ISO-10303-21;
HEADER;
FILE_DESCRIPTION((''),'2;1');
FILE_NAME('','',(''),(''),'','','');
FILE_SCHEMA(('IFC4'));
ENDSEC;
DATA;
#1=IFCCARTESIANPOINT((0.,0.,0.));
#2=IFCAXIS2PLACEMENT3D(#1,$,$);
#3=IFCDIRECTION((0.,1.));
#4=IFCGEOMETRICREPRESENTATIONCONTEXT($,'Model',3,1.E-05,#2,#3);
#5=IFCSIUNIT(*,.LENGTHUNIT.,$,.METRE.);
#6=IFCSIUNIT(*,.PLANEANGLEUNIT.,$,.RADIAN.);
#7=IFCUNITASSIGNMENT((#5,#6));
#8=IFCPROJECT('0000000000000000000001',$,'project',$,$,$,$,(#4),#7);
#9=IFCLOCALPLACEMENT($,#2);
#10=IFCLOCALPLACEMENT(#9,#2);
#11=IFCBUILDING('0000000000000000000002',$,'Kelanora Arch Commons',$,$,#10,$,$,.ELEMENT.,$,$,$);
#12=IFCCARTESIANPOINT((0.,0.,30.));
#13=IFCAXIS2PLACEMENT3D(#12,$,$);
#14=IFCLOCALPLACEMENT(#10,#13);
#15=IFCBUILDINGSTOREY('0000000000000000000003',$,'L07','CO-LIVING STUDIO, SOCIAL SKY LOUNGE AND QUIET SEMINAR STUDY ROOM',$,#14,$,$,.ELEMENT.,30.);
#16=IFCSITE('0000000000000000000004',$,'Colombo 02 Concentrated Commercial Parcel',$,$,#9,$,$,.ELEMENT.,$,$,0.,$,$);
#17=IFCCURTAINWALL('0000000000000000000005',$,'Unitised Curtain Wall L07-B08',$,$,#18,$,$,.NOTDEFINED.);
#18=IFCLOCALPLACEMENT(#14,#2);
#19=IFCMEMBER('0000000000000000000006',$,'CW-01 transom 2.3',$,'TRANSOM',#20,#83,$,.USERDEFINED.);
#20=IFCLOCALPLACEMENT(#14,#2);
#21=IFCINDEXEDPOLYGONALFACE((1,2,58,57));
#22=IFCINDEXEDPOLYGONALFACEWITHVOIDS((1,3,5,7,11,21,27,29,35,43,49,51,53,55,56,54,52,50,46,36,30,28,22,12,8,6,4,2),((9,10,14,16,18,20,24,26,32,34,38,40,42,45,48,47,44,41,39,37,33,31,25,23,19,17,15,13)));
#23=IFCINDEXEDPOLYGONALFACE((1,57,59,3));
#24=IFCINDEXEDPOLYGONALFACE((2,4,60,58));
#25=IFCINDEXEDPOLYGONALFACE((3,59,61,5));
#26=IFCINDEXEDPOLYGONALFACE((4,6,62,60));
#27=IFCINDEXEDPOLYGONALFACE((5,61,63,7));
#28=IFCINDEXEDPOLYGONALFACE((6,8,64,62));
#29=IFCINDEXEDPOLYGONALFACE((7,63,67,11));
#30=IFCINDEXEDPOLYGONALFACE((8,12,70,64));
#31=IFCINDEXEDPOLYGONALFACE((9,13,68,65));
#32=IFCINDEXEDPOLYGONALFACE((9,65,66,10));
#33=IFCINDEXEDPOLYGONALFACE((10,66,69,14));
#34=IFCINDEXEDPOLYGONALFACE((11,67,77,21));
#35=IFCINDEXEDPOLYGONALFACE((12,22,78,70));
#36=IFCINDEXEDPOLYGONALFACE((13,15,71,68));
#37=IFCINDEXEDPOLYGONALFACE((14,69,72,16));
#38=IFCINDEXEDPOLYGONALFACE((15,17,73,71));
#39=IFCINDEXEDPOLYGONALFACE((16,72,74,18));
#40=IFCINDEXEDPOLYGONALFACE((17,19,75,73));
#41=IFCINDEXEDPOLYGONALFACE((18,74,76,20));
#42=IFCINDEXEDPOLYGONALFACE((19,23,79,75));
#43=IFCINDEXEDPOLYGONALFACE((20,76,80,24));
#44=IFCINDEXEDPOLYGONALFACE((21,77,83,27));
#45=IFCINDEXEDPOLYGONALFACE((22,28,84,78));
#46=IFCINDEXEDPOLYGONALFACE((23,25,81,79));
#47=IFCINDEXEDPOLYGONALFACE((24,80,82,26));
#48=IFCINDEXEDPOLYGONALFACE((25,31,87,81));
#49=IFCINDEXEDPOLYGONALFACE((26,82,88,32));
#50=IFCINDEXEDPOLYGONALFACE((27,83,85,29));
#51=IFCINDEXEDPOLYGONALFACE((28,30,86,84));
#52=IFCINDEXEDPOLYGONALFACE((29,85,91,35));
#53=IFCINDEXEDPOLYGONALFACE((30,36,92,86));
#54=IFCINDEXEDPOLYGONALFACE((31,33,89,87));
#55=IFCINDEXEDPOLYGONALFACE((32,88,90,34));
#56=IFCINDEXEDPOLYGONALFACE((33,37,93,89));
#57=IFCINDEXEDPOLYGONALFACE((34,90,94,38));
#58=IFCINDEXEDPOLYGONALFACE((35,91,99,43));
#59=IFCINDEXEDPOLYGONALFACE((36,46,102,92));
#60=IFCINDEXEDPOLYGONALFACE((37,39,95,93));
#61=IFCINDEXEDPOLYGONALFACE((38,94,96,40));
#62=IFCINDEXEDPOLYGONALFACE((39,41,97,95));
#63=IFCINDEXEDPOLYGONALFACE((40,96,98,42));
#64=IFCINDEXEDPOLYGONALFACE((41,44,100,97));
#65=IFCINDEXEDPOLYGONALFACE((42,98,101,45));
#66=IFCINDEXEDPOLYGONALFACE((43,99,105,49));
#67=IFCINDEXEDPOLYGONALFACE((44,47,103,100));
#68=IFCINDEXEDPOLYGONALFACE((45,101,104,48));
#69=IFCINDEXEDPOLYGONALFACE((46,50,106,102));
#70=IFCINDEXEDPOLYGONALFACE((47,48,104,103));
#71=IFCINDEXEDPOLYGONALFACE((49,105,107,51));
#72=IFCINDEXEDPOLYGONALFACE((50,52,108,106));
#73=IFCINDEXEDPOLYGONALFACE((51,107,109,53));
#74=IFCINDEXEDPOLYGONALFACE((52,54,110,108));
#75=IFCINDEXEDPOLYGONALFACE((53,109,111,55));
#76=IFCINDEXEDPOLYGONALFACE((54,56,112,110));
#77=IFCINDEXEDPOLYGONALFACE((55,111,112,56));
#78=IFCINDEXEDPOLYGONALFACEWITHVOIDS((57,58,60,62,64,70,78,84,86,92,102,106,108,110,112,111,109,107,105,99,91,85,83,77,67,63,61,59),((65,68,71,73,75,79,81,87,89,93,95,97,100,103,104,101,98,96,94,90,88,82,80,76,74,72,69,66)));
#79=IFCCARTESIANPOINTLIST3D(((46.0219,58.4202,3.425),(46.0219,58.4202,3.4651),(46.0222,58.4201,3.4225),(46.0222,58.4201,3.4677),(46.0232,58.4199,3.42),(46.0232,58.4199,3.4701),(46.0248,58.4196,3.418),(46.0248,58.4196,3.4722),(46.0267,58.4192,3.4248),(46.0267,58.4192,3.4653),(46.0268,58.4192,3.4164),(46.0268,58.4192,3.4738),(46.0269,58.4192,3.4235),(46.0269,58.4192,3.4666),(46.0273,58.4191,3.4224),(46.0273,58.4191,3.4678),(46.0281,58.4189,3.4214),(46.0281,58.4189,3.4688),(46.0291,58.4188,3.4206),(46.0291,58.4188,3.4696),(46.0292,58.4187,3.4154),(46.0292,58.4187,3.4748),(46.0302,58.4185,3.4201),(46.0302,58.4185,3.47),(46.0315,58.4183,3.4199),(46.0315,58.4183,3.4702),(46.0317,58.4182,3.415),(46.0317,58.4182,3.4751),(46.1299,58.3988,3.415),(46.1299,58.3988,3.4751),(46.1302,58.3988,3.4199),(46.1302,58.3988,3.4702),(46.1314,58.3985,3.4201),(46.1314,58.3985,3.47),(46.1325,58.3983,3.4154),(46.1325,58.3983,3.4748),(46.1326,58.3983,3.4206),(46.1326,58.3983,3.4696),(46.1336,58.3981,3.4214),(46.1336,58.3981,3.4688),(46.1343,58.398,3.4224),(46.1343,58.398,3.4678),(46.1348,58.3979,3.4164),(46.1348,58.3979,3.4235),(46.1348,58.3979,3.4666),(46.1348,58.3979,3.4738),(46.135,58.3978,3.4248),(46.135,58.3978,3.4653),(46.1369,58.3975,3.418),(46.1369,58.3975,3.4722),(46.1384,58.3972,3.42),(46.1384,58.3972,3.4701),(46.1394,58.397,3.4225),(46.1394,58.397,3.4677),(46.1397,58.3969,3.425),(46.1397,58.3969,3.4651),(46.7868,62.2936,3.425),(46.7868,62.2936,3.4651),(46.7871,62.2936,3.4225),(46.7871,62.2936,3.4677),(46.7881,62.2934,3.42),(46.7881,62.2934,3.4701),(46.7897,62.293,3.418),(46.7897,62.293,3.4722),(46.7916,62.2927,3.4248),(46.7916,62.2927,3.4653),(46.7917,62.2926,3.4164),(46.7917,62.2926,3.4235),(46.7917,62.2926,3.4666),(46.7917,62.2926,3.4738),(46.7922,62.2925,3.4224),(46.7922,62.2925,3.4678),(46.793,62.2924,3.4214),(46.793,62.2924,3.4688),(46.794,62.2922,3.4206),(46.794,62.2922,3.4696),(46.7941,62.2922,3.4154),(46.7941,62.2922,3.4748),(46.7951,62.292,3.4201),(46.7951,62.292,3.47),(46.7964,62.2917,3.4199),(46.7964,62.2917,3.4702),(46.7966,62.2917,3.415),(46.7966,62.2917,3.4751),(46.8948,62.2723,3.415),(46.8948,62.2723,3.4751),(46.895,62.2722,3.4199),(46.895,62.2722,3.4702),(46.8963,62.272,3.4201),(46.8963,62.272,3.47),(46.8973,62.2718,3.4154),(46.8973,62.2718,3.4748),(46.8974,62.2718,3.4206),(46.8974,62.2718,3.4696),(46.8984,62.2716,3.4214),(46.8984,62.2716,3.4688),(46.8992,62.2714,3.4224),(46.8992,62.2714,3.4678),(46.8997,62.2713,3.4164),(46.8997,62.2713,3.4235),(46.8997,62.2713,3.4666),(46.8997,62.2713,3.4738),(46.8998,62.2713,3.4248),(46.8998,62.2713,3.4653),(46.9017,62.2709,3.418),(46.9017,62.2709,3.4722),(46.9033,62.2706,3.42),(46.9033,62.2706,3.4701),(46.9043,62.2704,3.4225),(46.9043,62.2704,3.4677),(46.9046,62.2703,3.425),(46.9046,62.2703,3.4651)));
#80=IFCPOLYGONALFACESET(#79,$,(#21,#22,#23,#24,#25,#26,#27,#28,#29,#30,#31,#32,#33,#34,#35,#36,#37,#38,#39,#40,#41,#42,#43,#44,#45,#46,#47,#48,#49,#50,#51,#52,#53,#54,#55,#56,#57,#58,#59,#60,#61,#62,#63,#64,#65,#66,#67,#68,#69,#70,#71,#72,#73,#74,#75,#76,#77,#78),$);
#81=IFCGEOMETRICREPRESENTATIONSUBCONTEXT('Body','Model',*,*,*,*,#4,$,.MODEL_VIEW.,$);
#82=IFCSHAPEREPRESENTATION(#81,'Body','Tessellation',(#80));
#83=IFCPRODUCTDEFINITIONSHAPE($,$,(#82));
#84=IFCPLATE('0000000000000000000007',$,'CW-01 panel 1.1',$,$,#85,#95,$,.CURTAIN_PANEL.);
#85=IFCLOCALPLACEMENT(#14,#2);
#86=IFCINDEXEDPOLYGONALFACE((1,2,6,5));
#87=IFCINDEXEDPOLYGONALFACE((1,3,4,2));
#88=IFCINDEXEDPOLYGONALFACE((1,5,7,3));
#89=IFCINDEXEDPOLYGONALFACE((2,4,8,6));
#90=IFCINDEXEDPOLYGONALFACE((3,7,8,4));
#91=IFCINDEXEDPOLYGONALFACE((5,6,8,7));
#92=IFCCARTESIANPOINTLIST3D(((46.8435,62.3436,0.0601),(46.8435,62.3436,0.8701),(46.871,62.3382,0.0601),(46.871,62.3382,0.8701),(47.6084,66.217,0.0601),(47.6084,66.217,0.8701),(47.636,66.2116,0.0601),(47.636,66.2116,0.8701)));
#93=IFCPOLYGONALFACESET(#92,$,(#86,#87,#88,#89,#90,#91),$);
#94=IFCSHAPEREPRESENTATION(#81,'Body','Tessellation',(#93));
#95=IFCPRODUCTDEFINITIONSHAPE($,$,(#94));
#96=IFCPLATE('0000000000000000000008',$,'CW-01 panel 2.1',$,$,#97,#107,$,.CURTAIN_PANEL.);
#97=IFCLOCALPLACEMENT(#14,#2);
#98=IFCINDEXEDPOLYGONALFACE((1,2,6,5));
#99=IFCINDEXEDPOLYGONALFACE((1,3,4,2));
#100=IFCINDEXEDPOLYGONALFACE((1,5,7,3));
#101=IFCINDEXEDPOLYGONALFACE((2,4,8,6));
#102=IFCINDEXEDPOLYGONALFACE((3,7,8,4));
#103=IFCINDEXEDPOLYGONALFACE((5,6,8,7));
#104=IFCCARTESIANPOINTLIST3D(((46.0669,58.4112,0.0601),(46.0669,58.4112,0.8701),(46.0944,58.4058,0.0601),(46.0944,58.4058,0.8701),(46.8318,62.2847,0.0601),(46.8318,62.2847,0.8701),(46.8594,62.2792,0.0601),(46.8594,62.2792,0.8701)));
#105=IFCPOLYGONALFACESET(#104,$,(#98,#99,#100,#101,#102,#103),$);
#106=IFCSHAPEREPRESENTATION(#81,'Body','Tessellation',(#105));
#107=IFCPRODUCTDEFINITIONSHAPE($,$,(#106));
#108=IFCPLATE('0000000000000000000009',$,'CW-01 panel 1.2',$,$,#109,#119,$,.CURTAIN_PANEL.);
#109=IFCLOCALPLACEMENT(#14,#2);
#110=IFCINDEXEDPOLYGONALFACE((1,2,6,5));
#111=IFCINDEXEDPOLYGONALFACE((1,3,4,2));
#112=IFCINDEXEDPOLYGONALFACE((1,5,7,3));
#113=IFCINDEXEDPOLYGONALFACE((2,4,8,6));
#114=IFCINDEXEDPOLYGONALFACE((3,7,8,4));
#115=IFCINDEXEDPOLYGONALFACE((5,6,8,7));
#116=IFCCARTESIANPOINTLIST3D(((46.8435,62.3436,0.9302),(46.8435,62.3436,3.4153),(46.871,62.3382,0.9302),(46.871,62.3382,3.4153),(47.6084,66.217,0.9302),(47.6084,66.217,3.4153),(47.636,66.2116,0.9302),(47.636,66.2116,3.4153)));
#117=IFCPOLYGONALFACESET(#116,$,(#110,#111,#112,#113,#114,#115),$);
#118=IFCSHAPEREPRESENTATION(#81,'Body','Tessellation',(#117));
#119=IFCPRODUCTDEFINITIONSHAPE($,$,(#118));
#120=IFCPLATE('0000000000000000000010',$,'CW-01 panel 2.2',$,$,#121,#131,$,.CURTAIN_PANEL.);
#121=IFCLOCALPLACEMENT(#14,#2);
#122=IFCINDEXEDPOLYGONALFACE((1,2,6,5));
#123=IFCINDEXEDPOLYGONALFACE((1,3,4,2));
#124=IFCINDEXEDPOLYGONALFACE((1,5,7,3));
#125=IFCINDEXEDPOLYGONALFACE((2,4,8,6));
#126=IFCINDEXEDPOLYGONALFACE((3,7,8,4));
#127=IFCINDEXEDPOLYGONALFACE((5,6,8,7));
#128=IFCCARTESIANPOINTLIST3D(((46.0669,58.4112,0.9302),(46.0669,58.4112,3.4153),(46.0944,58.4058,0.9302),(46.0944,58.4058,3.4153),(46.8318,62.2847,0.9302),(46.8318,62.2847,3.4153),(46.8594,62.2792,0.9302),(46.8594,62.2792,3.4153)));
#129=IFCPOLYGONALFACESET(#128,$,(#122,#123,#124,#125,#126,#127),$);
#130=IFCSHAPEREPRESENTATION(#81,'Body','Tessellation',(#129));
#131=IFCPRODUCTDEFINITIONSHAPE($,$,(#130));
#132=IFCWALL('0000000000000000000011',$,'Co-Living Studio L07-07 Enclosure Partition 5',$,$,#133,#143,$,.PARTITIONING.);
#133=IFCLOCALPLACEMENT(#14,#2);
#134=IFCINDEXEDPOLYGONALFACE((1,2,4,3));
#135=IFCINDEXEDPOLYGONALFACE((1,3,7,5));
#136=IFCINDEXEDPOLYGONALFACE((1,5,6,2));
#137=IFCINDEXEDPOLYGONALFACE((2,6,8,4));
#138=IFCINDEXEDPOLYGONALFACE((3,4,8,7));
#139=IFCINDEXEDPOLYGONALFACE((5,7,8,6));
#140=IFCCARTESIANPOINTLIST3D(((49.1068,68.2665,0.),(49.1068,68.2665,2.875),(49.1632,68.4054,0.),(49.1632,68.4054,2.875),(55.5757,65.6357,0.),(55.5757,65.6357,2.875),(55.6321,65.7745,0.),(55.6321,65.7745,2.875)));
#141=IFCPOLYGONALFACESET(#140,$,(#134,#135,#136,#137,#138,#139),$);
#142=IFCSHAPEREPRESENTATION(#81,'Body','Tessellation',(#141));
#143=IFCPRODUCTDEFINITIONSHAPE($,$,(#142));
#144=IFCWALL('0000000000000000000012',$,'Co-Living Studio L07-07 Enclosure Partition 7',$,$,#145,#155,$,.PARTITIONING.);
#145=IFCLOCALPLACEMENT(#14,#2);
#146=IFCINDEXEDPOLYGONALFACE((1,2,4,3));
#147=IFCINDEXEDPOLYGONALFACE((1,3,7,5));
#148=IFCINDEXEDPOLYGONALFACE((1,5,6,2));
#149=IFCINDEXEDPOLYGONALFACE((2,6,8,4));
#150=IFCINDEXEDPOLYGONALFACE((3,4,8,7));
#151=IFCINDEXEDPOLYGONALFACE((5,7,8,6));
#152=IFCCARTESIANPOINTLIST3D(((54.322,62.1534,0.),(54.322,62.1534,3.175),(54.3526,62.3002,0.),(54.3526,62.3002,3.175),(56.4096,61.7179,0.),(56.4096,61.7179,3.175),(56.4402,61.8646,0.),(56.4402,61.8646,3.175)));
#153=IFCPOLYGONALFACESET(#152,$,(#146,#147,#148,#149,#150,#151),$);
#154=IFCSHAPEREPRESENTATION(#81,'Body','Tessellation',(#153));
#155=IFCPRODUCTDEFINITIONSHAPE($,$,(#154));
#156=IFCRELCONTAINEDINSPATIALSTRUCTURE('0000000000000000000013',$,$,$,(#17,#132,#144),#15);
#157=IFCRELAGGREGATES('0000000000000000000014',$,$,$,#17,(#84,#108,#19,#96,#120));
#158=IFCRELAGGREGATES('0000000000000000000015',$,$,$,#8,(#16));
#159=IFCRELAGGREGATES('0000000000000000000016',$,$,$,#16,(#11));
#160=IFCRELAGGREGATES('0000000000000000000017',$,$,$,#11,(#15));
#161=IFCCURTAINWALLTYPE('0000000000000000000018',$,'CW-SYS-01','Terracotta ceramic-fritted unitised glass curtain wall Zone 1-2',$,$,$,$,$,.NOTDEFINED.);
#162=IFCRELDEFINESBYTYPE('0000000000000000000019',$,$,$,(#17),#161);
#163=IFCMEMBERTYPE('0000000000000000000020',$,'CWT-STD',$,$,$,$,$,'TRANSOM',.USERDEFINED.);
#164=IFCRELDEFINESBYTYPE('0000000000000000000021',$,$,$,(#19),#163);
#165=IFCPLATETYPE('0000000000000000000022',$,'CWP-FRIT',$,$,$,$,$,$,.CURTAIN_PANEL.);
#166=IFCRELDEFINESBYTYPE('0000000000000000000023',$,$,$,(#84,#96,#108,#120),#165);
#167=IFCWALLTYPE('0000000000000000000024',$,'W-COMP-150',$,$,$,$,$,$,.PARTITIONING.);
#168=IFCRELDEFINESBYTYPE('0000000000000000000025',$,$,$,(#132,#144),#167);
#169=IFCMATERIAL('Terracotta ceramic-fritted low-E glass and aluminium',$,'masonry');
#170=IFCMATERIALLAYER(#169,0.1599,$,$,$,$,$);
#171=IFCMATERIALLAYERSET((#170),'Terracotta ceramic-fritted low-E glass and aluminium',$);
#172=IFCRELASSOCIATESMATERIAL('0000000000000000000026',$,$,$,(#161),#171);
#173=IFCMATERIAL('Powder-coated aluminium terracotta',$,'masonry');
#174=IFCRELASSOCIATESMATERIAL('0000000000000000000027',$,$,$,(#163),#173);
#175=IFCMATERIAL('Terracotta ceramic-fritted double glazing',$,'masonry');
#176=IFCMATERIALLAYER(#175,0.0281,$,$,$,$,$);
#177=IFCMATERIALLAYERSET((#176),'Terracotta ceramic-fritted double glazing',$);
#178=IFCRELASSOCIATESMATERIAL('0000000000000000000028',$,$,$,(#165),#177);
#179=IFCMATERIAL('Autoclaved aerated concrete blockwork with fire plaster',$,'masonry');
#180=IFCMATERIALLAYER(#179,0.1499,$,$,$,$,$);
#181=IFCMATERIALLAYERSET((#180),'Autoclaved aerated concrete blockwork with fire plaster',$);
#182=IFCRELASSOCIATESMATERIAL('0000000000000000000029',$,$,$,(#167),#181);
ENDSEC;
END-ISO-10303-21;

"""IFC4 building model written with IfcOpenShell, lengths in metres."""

from ifc_helpers import new_model, si_unit, direction, frame, frame_2d, origin, origin_2d, place, context, subcontext, project, spatial, rectangle, hollow_rectangle, extrude, source, transform, mapped, material, layer, layer_set, material_profile, profile_set, type_object, element, aggregate, save


model = new_model("IFC4")

# Units and contexts
model_context = context("Model", 3, precision=1e-05, world=origin(), true_north=direction((0.0, 1.0)))
body_context = subcontext(model_context, "Body", "Model", "MODEL_VIEW")
ifc_project = project(units=[si_unit("LENGTHUNIT", "METRE"), si_unit("PLANEANGLEUNIT", "RADIAN")], contexts=[model_context])

# Site, building, storey
site_placement = place(None, origin())
site = spatial("IfcSite", under=ifc_project, at=site_placement, Name="Colombo 02 Concentrated Commercial Parcel", CompositionType="ELEMENT", RefElevation=0.0)
building_placement = place(site_placement, origin())
building = spatial("IfcBuilding", under=site, at=building_placement, Name="Kelanora Arch Commons", CompositionType="ELEMENT")
storey_placement = place(building_placement, frame((0.0, 0.0, 30.0)))
storey = spatial("IfcBuildingStorey", under=building, at=storey_placement, Name="L07", Description="CO-LIVING STUDIO, SOCIAL SKY LOUNGE AND QUIET SEMINAR STUDY ROOM", CompositionType="ELEMENT", Elevation=30.0)

# Curtain wall, member, plates
ifc_material_1 = material(Name="Terracotta ceramic-fritted low-E glass and aluminium", Category="masonry")
ifc_layer_1 = layer(ifc_material_1, 0.1599)
ifc_layer_set_1 = layer_set([ifc_layer_1], Name="Terracotta ceramic-fritted low-E glass and aluminium")
curtain_wall_type = type_object("IfcCurtainWallType", Name="CW-SYS-01", Description="Terracotta ceramic-fritted unitised glass curtain wall Zone 1-2", PredefinedType="NOTDEFINED", material=ifc_layer_set_1)
curtain_wall_placement = place(storey_placement, origin())
curtain_wall = element("IfcCurtainWall", 1, at=curtain_wall_placement, inside=storey, type_object=curtain_wall_type, Name="Unitised Curtain Wall L07-B08", PredefinedType="NOTDEFINED")
ifc_material_2 = material(Name="Powder-coated aluminium terracotta", Category="masonry")
ifc_material_profile_1 = material_profile(ifc_material_2, hollow_rectangle(XDim=0.1201, YDim=0.0601, WallThickness=0.0049, InnerFilletRadius=0.0049, OuterFilletRadius=0.01, at=origin_2d()), Name="CWT120x60")
ifc_profile_set_1 = profile_set([ifc_material_profile_1], Name="Powder-coated aluminium terracotta")
member_type_1 = type_object("IfcMemberType", Name="CWT-STD", ElementType="TRANSOM", PredefinedType="USERDEFINED", material=ifc_profile_set_1)
member_1_placement = place(storey_placement, frame((46.8457, 62.282, 3.4451), z_axis=(-0.193725, -0.981056, 0.0), x_axis=(0.981056, -0.193725, 0.0)))
member_1 = element("IfcMember", 2, at=member_1_placement, type_object=member_type_1, Name="CW-01 transom 2.3", ObjectType="TRANSOM", PredefinedType="USERDEFINED", context=body_context, shape_type="SweptSolid", body=[
    extrude(hollow_rectangle(XDim=0.1201, YDim=0.0601, WallThickness=0.0049, InnerFilletRadius=0.0049, OuterFilletRadius=0.01, at=origin_2d()), origin(), (0.0, 0.0, 1.0), 3.9482),
])
ifc_material_3 = material(Name="Terracotta ceramic-fritted double glazing", Category="masonry")
ifc_layer_2 = layer(ifc_material_3, 0.0281)
ifc_layer_set_2 = layer_set([ifc_layer_2], Name="Terracotta ceramic-fritted double glazing")
plate_type = type_object("IfcPlateType", Name="CWP-FRIT", PredefinedType="CURTAIN_PANEL", material=ifc_layer_set_2)
shared_shape_1 = source(origin(), body_context, "Body", "SweptSolid", [
    extrude(rectangle(XDim=3.9482, YDim=0.0281, at=origin_2d()), origin(), (0.0, 0.0, 1.0), 0.8101),
])
plate_1_placement = place(storey_placement, frame((47.2397, 64.2776, 0.0601), z_axis=(0.0, 0.0, 1.0), x_axis=(-0.193744, -0.981052, 0.0)))
plate_1 = element("IfcPlate", 3, at=plate_1_placement, type_object=plate_type, Name="CW-01 panel 1.1", PredefinedType="CURTAIN_PANEL", context=body_context, shape_type="MappedRepresentation", body=[
    mapped(shared_shape_1, transform((0.0, 0.0, 0.0), scale=1.0)),
])
plate_2_placement = place(storey_placement, frame((46.4631, 60.3452, 0.0601), z_axis=(0.0, 0.0, 1.0), x_axis=(-0.193744, -0.981052, 0.0)))
plate_2 = element("IfcPlate", 4, at=plate_2_placement, type_object=plate_type, Name="CW-01 panel 2.1", PredefinedType="CURTAIN_PANEL", context=body_context, shape_type="MappedRepresentation", body=[
    mapped(shared_shape_1, transform((0.0, 0.0, 0.0), scale=1.0)),
])
shared_shape_2 = source(origin(), body_context, "Body", "SweptSolid", [
    extrude(rectangle(XDim=3.9482, YDim=0.0281, at=origin_2d()), origin(), (0.0, 0.0, 1.0), 2.4851),
])
plate_3_placement = place(storey_placement, frame((47.2397, 64.2776, 0.9302), z_axis=(0.0, 0.0, 1.0), x_axis=(-0.193744, -0.981052, 0.0)))
plate_3 = element("IfcPlate", 5, at=plate_3_placement, type_object=plate_type, Name="CW-01 panel 1.2", PredefinedType="CURTAIN_PANEL", context=body_context, shape_type="MappedRepresentation", body=[
    mapped(shared_shape_2, transform((0.0, 0.0, 0.0), scale=1.0)),
])
plate_4_placement = place(storey_placement, frame((46.4631, 60.3452, 0.9302), z_axis=(0.0, 0.0, 1.0), x_axis=(-0.193744, -0.981052, 0.0)))
plate_4 = element("IfcPlate", 6, at=plate_4_placement, type_object=plate_type, Name="CW-01 panel 2.2", PredefinedType="CURTAIN_PANEL", context=body_context, shape_type="MappedRepresentation", body=[
    mapped(shared_shape_2, transform((0.0, 0.0, 0.0), scale=1.0)),
])
aggregate(curtain_wall, [plate_1, plate_3, member_1, plate_2, plate_4])

# Walls
ifc_material_4 = material(Name="Autoclaved aerated concrete blockwork with fire plaster", Category="masonry")
ifc_layer_3 = layer(ifc_material_4, 0.1499)
ifc_layer_set_3 = layer_set([ifc_layer_3], Name="Autoclaved aerated concrete blockwork with fire plaster")
wall_type_1 = type_object("IfcWallType", Name="W-COMP-150", PredefinedType="PARTITIONING", material=ifc_layer_set_3)
wall_1_placement = place(storey_placement, frame((49.135, 68.3359, 0.0), z_axis=(0.0, 0.0, 1.0), x_axis=(0.926325, -0.376725, 0.0)))
element("IfcWall", 7, at=wall_1_placement, inside=storey, type_object=wall_type_1, Name="Co-Living Studio L07-07 Enclosure Partition 5", PredefinedType="PARTITIONING", context=body_context, shape_type="SweptSolid", body=[
    extrude(rectangle(XDim=6.9834, YDim=0.1499, at=frame_2d((3.4917, 0.0))), origin(), (0.0, 0.0, 1.0), 2.875),
])
wall_2_placement = place(storey_placement, frame((54.3372, 62.2268, 0.0), z_axis=(0.0, 0.0, 1.0), x_axis=(0.978922, -0.204233, 0.0)))
element("IfcWall", 8, at=wall_2_placement, inside=storey, type_object=wall_type_1, Name="Co-Living Studio L07-07 Enclosure Partition 7", PredefinedType="PARTITIONING", context=body_context, shape_type="SweptSolid", body=[
    extrude(rectangle(XDim=2.1326, YDim=0.1499, at=frame_2d((1.0664, 0.0))), origin(), (0.0, 0.0, 1.0), 3.175),
])

save(model, "model.ifc")
